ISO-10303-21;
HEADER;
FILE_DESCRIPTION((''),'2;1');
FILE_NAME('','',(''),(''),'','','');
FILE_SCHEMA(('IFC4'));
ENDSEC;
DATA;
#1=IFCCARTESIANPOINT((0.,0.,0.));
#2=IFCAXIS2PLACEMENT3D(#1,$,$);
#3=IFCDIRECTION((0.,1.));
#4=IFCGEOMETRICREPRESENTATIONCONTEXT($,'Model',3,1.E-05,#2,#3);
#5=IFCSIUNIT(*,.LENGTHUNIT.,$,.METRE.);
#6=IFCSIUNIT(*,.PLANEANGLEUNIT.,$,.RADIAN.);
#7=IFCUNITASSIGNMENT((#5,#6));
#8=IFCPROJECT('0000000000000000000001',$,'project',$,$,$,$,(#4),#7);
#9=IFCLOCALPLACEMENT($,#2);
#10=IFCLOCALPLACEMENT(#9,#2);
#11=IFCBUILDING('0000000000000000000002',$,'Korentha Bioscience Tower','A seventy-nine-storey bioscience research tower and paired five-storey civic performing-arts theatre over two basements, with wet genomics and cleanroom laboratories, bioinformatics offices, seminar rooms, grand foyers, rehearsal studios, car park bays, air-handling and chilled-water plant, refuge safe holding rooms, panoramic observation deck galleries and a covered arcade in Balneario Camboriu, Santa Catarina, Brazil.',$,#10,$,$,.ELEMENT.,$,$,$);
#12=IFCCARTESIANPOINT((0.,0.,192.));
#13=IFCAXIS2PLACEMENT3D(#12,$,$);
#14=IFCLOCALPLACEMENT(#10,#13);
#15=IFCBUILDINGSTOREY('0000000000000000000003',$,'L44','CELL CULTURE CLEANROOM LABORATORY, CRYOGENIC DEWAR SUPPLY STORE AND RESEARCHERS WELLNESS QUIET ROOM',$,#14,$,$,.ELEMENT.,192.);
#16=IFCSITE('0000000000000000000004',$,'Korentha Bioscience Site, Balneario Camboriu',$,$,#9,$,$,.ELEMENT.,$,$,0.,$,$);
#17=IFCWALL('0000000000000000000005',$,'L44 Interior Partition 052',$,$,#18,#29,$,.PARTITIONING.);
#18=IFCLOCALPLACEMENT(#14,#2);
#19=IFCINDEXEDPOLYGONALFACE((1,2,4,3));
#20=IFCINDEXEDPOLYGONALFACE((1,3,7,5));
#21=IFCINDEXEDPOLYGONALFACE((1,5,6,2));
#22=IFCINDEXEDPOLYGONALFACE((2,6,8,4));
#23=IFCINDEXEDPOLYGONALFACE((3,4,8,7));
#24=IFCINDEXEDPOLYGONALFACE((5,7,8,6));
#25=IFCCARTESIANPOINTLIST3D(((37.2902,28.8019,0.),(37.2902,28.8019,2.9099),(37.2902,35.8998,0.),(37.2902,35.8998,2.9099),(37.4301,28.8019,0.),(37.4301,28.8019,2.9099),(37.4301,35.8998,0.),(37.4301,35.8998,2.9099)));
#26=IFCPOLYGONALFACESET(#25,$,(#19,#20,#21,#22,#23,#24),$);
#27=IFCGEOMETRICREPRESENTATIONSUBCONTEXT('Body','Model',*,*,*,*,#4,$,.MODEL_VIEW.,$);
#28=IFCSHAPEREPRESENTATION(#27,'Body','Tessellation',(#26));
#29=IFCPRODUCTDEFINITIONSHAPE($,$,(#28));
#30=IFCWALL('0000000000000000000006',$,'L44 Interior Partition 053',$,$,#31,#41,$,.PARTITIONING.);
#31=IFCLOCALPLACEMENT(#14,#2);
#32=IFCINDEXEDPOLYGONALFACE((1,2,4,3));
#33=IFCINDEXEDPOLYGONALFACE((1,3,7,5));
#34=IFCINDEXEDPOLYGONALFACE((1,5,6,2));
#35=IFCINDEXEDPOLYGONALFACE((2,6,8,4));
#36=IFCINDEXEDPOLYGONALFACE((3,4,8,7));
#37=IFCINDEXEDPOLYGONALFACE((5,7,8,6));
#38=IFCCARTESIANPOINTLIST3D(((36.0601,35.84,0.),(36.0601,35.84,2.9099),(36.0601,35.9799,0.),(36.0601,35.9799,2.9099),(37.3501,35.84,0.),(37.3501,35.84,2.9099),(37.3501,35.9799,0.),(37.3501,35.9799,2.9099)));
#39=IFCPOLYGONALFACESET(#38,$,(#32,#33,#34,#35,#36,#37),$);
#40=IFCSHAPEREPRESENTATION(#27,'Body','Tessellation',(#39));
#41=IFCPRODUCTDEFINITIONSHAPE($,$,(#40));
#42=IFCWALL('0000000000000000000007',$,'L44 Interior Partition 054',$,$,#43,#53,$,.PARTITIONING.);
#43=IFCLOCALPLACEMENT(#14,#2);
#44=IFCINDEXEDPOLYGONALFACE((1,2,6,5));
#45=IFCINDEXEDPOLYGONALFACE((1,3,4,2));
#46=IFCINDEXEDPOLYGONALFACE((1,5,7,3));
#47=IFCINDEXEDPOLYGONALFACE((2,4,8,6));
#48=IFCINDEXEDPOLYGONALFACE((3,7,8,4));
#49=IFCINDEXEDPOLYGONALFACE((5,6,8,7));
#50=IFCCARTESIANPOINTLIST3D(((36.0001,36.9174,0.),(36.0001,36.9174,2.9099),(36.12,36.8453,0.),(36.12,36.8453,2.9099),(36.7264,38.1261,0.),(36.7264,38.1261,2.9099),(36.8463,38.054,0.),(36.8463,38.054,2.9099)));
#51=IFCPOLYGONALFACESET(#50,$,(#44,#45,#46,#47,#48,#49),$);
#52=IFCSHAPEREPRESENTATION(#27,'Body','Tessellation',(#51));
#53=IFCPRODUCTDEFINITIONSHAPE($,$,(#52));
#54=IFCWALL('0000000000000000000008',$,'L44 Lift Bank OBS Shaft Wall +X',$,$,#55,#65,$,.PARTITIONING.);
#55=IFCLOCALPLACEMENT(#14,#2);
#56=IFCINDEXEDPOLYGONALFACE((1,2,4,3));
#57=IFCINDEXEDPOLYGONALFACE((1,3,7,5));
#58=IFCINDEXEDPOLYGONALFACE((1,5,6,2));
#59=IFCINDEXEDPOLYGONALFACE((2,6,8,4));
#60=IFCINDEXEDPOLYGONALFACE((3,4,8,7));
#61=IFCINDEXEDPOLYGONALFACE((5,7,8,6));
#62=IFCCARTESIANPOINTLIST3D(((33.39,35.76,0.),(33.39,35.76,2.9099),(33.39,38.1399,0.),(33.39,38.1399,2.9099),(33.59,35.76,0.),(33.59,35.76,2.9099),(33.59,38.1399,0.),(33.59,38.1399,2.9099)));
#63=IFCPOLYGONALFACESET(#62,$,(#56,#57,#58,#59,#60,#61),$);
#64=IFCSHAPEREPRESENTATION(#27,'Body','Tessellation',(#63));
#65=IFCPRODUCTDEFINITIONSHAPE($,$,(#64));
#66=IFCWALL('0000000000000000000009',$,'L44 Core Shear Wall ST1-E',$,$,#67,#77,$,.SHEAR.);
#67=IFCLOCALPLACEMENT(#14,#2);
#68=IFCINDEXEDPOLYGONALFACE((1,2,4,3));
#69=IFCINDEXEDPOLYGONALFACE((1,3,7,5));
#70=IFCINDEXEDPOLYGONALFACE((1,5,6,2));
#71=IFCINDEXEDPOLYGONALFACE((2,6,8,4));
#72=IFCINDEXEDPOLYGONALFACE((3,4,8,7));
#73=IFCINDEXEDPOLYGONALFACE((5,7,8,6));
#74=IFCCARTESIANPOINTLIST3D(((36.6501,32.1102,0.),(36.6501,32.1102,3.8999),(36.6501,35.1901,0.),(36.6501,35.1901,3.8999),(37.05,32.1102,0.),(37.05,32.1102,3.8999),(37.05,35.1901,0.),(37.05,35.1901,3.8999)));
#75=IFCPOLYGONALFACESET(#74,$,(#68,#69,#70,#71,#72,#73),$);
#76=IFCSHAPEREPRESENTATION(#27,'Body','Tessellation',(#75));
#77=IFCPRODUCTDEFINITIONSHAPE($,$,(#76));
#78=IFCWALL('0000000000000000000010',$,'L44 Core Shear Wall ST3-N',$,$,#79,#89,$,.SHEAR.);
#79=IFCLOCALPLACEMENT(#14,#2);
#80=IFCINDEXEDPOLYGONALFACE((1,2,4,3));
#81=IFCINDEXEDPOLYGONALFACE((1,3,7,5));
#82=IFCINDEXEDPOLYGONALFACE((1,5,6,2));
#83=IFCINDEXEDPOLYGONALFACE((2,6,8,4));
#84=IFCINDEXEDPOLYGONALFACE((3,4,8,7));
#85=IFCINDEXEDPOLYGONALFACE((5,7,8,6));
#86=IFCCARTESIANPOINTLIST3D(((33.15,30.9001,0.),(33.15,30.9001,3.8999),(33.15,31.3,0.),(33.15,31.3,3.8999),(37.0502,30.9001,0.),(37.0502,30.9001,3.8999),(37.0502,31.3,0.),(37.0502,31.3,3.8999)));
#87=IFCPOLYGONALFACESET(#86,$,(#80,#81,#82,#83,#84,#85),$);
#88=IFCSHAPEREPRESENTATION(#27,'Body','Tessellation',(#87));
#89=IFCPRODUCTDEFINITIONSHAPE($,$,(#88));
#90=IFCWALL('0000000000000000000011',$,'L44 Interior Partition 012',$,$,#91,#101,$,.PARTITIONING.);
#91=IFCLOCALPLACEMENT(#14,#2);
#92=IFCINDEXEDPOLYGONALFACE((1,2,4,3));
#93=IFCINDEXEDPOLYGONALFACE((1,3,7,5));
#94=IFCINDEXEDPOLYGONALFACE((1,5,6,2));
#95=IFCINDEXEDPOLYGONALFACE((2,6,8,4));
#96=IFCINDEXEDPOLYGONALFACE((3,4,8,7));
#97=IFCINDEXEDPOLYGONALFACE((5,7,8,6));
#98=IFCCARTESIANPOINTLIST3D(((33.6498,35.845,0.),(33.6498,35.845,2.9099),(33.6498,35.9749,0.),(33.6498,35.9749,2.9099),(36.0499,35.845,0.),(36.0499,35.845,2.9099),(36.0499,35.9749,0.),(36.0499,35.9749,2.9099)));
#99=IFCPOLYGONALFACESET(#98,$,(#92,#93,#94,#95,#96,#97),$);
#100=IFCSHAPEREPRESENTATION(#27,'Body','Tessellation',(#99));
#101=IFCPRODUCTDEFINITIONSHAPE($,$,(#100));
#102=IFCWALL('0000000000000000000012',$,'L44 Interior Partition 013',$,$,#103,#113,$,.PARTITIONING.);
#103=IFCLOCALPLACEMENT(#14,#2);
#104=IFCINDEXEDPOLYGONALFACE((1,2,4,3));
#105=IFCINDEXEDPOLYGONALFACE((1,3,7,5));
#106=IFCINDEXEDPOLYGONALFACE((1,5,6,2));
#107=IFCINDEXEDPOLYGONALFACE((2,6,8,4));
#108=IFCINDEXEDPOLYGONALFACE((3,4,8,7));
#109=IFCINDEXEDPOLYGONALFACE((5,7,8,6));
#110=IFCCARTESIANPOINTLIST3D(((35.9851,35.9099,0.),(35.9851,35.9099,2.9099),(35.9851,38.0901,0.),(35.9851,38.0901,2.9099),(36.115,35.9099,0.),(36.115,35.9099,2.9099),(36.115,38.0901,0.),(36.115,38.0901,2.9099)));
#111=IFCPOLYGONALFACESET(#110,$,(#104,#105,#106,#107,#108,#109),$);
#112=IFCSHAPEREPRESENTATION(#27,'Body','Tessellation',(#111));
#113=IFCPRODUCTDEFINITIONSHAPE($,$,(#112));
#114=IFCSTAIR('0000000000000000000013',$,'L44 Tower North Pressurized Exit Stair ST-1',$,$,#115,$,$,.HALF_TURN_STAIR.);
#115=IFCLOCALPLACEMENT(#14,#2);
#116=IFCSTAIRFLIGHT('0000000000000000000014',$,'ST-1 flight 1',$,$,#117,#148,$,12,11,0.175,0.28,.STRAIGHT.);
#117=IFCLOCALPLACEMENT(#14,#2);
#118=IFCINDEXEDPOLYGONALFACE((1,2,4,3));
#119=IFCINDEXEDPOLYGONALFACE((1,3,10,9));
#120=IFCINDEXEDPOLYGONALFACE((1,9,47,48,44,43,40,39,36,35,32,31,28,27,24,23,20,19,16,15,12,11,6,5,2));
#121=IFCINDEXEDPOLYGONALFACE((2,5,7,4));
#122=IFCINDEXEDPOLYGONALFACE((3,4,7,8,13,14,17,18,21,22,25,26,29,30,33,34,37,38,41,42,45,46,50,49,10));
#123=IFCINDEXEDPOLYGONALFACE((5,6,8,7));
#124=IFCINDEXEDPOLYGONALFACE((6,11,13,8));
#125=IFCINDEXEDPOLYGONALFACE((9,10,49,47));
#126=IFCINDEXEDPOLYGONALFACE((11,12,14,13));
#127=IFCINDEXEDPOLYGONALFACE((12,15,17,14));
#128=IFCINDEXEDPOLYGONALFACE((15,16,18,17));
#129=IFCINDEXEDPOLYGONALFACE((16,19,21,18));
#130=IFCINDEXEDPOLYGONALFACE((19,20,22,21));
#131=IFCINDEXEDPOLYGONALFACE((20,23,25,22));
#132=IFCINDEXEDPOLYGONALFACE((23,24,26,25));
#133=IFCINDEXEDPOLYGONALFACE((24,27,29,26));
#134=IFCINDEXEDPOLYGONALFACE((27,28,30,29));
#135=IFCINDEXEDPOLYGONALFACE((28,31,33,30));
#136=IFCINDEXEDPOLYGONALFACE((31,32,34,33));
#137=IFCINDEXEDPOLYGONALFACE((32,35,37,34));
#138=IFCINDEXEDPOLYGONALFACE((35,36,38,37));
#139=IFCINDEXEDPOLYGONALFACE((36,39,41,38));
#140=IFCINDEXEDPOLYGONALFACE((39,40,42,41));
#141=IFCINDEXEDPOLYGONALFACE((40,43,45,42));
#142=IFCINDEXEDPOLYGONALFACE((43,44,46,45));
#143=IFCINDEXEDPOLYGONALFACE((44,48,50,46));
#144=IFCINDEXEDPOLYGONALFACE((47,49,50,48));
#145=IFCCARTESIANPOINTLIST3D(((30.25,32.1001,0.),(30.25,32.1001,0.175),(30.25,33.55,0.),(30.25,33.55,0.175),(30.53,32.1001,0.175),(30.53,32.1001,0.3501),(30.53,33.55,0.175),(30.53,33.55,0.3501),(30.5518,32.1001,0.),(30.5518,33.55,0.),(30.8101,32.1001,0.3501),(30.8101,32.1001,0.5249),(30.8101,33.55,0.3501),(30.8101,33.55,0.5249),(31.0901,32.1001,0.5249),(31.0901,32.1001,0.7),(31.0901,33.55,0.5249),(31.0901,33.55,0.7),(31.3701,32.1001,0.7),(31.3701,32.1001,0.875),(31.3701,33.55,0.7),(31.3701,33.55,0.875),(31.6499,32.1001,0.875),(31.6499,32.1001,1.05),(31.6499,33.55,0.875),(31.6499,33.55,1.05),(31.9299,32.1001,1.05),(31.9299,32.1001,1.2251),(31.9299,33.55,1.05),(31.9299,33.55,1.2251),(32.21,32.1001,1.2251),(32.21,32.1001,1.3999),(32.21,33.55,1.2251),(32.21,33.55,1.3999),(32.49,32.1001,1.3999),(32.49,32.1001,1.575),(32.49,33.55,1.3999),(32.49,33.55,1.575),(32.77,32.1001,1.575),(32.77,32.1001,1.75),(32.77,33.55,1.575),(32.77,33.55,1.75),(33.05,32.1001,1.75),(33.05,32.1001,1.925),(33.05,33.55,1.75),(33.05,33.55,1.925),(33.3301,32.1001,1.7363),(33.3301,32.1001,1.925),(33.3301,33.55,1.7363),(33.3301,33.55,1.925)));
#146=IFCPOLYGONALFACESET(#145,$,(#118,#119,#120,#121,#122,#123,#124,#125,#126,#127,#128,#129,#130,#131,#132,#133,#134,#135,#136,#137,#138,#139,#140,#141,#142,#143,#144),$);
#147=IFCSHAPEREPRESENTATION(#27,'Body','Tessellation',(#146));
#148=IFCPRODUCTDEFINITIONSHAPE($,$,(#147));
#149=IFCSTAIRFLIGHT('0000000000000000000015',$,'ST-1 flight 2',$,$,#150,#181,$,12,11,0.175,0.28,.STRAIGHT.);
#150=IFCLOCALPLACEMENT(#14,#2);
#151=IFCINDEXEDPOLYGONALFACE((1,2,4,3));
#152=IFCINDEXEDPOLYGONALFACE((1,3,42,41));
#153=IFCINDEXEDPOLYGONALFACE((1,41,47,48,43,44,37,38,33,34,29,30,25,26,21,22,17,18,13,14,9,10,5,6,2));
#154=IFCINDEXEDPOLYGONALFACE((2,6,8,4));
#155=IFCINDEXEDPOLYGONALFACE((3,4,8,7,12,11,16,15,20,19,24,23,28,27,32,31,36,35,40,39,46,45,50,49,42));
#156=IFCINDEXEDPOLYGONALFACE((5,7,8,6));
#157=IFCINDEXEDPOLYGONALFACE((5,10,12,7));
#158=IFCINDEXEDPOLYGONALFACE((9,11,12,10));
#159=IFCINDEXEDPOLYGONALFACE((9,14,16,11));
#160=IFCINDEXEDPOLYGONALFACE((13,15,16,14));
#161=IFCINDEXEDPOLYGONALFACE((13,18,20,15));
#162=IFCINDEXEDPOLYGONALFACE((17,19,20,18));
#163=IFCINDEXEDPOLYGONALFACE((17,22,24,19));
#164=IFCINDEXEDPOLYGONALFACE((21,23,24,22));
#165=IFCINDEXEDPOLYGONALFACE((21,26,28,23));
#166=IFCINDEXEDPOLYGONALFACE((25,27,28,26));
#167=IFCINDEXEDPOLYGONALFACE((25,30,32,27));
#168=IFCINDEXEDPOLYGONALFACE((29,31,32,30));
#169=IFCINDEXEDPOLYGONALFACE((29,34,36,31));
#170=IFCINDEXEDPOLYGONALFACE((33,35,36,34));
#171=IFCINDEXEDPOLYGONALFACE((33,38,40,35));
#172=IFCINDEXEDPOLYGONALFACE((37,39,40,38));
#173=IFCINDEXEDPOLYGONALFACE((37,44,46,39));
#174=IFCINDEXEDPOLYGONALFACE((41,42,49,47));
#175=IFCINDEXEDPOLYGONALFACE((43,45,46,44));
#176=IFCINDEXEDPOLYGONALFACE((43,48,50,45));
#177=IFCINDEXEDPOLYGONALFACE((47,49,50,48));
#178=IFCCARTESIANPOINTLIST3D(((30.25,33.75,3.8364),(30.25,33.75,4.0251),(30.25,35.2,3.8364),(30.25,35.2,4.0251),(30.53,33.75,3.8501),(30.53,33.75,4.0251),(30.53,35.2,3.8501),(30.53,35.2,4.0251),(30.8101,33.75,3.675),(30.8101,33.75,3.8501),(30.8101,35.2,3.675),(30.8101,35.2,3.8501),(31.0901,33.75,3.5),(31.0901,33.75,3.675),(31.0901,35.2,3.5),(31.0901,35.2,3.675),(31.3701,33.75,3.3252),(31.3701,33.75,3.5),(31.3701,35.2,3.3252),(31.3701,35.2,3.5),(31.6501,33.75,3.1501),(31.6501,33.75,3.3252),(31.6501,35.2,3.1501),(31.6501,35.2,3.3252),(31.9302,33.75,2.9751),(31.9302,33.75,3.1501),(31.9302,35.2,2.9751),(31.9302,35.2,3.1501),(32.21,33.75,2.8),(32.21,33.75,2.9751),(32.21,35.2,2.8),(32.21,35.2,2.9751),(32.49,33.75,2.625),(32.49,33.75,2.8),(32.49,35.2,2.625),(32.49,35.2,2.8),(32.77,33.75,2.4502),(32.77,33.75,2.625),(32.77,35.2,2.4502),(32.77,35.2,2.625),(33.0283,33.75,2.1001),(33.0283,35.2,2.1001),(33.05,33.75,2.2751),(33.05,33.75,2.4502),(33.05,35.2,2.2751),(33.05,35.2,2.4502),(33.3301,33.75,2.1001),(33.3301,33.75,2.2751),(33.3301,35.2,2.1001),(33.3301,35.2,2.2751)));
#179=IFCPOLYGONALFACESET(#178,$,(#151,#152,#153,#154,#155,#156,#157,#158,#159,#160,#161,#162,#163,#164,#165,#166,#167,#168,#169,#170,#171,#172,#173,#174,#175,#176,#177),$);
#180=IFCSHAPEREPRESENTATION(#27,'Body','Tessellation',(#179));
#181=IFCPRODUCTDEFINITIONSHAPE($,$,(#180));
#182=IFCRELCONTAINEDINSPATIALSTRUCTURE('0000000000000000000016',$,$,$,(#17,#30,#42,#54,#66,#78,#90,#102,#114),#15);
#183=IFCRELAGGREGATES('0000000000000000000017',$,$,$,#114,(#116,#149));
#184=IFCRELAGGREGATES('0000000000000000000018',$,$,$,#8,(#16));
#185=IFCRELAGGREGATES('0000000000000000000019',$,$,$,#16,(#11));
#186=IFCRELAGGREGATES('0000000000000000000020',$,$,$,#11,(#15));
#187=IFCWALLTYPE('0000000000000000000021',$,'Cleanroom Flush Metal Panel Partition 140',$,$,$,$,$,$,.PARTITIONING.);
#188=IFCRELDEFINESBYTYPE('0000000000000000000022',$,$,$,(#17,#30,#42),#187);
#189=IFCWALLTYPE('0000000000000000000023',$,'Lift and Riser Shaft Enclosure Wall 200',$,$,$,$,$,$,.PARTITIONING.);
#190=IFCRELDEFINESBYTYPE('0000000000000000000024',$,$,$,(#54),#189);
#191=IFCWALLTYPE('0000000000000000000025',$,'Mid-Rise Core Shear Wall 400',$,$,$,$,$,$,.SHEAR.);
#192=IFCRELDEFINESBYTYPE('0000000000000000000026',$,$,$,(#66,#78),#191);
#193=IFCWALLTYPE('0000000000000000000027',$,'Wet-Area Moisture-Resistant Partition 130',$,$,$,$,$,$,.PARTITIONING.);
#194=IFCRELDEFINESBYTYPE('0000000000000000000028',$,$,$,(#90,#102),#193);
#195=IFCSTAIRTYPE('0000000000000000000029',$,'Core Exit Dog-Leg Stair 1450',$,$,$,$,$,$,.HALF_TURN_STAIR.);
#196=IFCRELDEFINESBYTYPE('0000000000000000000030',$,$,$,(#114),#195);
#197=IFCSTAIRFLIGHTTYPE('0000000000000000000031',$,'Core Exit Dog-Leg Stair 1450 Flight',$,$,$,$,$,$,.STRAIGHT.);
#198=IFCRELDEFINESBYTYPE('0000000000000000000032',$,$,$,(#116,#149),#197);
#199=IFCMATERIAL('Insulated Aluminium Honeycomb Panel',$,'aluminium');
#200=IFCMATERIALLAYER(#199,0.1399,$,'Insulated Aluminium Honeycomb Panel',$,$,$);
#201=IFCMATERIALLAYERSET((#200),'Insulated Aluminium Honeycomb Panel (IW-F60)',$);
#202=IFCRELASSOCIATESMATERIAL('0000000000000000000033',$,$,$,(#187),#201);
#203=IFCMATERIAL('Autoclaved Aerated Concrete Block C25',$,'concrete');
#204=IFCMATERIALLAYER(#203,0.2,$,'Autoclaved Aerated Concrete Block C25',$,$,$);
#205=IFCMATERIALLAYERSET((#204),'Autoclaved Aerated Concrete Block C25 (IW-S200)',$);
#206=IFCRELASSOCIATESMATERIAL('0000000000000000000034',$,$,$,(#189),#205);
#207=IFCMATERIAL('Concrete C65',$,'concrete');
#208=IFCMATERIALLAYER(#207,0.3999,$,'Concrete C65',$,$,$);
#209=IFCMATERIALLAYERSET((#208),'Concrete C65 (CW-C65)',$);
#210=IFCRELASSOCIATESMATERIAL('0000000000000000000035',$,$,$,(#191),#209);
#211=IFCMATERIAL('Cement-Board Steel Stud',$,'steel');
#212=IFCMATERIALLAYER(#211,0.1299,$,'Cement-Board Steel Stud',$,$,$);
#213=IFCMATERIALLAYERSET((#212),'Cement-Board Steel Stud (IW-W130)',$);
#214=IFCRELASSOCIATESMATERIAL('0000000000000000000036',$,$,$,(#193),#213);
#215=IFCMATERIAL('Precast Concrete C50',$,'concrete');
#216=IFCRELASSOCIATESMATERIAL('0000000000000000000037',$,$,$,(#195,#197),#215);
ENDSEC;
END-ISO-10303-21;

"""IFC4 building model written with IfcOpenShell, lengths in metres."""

from ifc_helpers import new_model, si_unit, direction, frame, frame_2d, origin, place, context, subcontext, project, spatial, polyline, rectangle, outline, extrude, material, layer, layer_set, type_object, element, aggregate, save


model = new_model("IFC4")

# Units and contexts
model_context = context("Model", 3, precision=1e-05, world=origin(), true_north=direction((0.0, 1.0)))
body_context = subcontext(model_context, "Body", "Model", "MODEL_VIEW")
ifc_project = project(units=[si_unit("LENGTHUNIT", "METRE"), si_unit("PLANEANGLEUNIT", "RADIAN")], contexts=[model_context])

# Site, building, storey
site_placement = place(None, origin())
site = spatial("IfcSite", under=ifc_project, at=site_placement, Name="Korentha Bioscience Site, Balneario Camboriu", CompositionType="ELEMENT", RefElevation=0.0)
building_placement = place(site_placement, origin())
building = spatial("IfcBuilding", under=site, at=building_placement, Name="Korentha Bioscience Tower", Description="A seventy-nine-storey bioscience research tower and paired five-storey civic performing-arts theatre over two basements, with wet genomics and cleanroom laboratories, bioinformatics offices, seminar rooms, grand foyers, rehearsal studios, car park bays, air-handling and chilled-water plant, refuge safe holding rooms, panoramic observation deck galleries and a covered arcade in Balneario Camboriu, Santa Catarina, Brazil.", CompositionType="ELEMENT")
storey_placement = place(building_placement, frame((0.0, 0.0, 192.0)))
storey = spatial("IfcBuildingStorey", under=building, at=storey_placement, Name="L44", Description="CELL CULTURE CLEANROOM LABORATORY, CRYOGENIC DEWAR SUPPLY STORE AND RESEARCHERS WELLNESS QUIET ROOM", CompositionType="ELEMENT", Elevation=192.0)

# Shared definitions
ifc_material_1 = material(Name="Concrete C65", Category="concrete")

# Walls
ifc_material_2 = material(Name="Insulated Aluminium Honeycomb Panel", Category="aluminium")
ifc_layer_1 = layer(ifc_material_2, 0.1399, Name="Insulated Aluminium Honeycomb Panel")
ifc_layer_set_1 = layer_set([ifc_layer_1], Name="Insulated Aluminium Honeycomb Panel (IW-F60)")
wall_type_1 = type_object("IfcWallType", Name="Cleanroom Flush Metal Panel Partition 140", PredefinedType="PARTITIONING", material=ifc_layer_set_1)
wall_1_placement = place(storey_placement, frame((37.3601, 28.802, 0.0), z_axis=(0.0, 0.0, 1.0), x_axis=(0.0, 1.0, 0.0)))
element("IfcWall", 1, at=wall_1_placement, inside=storey, type_object=wall_type_1, Name="L44 Interior Partition 052", PredefinedType="PARTITIONING", context=body_context, shape_type="SweptSolid", body=[
    extrude(rectangle(XDim=7.0979, YDim=0.1399, at=frame_2d((3.5488, 0.0))), origin(), (0.0, 0.0, 1.0), 2.9099),
])
wall_2_placement = place(storey_placement, frame((37.3501, 35.9099, 0.0), z_axis=(0.0, 0.0, 1.0), x_axis=(-1.0, 0.0, 0.0)))
element("IfcWall", 2, at=wall_2_placement, inside=storey, type_object=wall_type_1, Name="L44 Interior Partition 053", PredefinedType="PARTITIONING", context=body_context, shape_type="SweptSolid", body=[
    extrude(rectangle(XDim=1.29, YDim=0.1399, at=frame_2d((0.645, 0.0))), origin(), (0.0, 0.0, 1.0), 2.9099),
])
wall_3_placement = place(storey_placement, frame((36.0601, 36.8813, 0.0), z_axis=(0.0, 0.0, 1.0), x_axis=(0.515056, 0.857157, 0.0)))
element("IfcWall", 3, at=wall_3_placement, inside=storey, type_object=wall_type_1, Name="L44 Interior Partition 054", PredefinedType="PARTITIONING", context=body_context, shape_type="SweptSolid", body=[
    extrude(rectangle(XDim=1.4102, YDim=0.1399, at=frame_2d((0.7051, 0.0))), origin(), (0.0, 0.0, 1.0), 2.9099),
])
ifc_material_3 = material(Name="Autoclaved Aerated Concrete Block C25", Category="concrete")
ifc_layer_2 = layer(ifc_material_3, 0.2, Name="Autoclaved Aerated Concrete Block C25")
ifc_layer_set_2 = layer_set([ifc_layer_2], Name="Autoclaved Aerated Concrete Block C25 (IW-S200)")
wall_type_2 = type_object("IfcWallType", Name="Lift and Riser Shaft Enclosure Wall 200", PredefinedType="PARTITIONING", material=ifc_layer_set_2)
wall_4_placement = place(storey_placement, frame((33.49, 35.76, 0.0), z_axis=(0.0, 0.0, 1.0), x_axis=(0.0, 1.0, 0.0)))
element("IfcWall", 4, at=wall_4_placement, inside=storey, type_object=wall_type_2, Name="L44 Lift Bank OBS Shaft Wall +X", PredefinedType="PARTITIONING", context=body_context, shape_type="SweptSolid", body=[
    extrude(rectangle(XDim=2.3799, YDim=0.2, at=frame_2d((1.1899, 0.0))), origin(), (0.0, 0.0, 1.0), 2.9099),
])
ifc_layer_3 = layer(ifc_material_1, 0.3999, Name="Concrete C65")
ifc_layer_set_3 = layer_set([ifc_layer_3], Name="Concrete C65 (CW-C65)")
wall_type_3 = type_object("IfcWallType", Name="Mid-Rise Core Shear Wall 400", PredefinedType="SHEAR", material=ifc_layer_set_3)
wall_5_placement = place(storey_placement, frame((36.8501, 32.1101, 0.0), z_axis=(0.0, 0.0, 1.0), x_axis=(0.0, 1.0, 0.0)))
element("IfcWall", 5, at=wall_5_placement, inside=storey, type_object=wall_type_3, Name="L44 Core Shear Wall ST1-E", PredefinedType="SHEAR", context=body_context, shape_type="SweptSolid", body=[
    extrude(rectangle(XDim=3.0798, YDim=0.3999, at=frame_2d((1.54, 0.0))), origin(), (0.0, 0.0, 1.0), 3.8999),
])
wall_6_placement = place(storey_placement, frame((33.1499, 31.1001, 0.0), z_axis=(0.0, 0.0, 1.0), x_axis=(1.0, 0.0, 0.0)))
element("IfcWall", 6, at=wall_6_placement, inside=storey, type_object=wall_type_3, Name="L44 Core Shear Wall ST3-N", PredefinedType="SHEAR", context=body_context, shape_type="SweptSolid", body=[
    extrude(rectangle(XDim=3.9001, YDim=0.3999, at=frame_2d((1.9502, 0.0))), origin(), (0.0, 0.0, 1.0), 3.8999),
])

# Shared definitions
ifc_material_4 = material(Name="Cement-Board Steel Stud", Category="steel")
ifc_layer_4 = layer(ifc_material_4, 0.1299, Name="Cement-Board Steel Stud")
ifc_layer_set_4 = layer_set([ifc_layer_4], Name="Cement-Board Steel Stud (IW-W130)")
wall_type_4 = type_object("IfcWallType", Name="Wet-Area Moisture-Resistant Partition 130", PredefinedType="PARTITIONING", material=ifc_layer_set_4)

# Walls
wall_7_placement = place(storey_placement, frame((36.05, 35.9099, 0.0), z_axis=(0.0, 0.0, 1.0), x_axis=(-1.0, 0.0, 0.0)))
element("IfcWall", 7, at=wall_7_placement, inside=storey, type_object=wall_type_4, Name="L44 Interior Partition 012", PredefinedType="PARTITIONING", context=body_context, shape_type="SweptSolid", body=[
    extrude(rectangle(XDim=2.4001, YDim=0.1299, at=frame_2d((1.2002, 0.0))), origin(), (0.0, 0.0, 1.0), 2.9099),
])
wall_8_placement = place(storey_placement, frame((36.05, 38.0901, 0.0), z_axis=(0.0, 0.0, 1.0), x_axis=(0.0, -1.0, 0.0)))
element("IfcWall", 8, at=wall_8_placement, inside=storey, type_object=wall_type_4, Name="L44 Interior Partition 013", PredefinedType="PARTITIONING", context=body_context, shape_type="SweptSolid", body=[
    extrude(rectangle(XDim=2.1802, YDim=0.1299, at=frame_2d((1.0901, 0.0))), origin(), (0.0, 0.0, 1.0), 2.9099),
])

# Stair, stair flights
ifc_material_5 = material(Name="Precast Concrete C50", Category="concrete")
stair_type = type_object("IfcStairType", Name="Core Exit Dog-Leg Stair 1450", PredefinedType="HALF_TURN_STAIR", material=ifc_material_5)
stair_placement = place(storey_placement, origin())
stair = element("IfcStair", 9, at=stair_placement, inside=storey, type_object=stair_type, Name="L44 Tower North Pressurized Exit Stair ST-1", PredefinedType="HALF_TURN_STAIR")
stair_flight_type = type_object("IfcStairFlightType", Name="Core Exit Dog-Leg Stair 1450 Flight", PredefinedType="STRAIGHT", material=ifc_material_5)
stair_flight_1_placement = place(storey_placement, frame((30.25, 32.825, 0.0), z_axis=(0.0, 0.0, 1.0), x_axis=(1.0, 0.0, 0.0)))
stair_flight_1 = element("IfcStairFlight", 10, at=stair_flight_1_placement, type_object=stair_flight_type, Name="ST-1 flight 1", NumberOfRisers=12, NumberOfTreads=11, PredefinedType="STRAIGHT", RiserHeight=0.175, TreadLength=0.28, context=body_context, shape_type="SweptSolid", body=[
    extrude(outline(polyline([(0.0, 0.0), (0.0, 0.175), (0.28, 0.175), (0.28, 0.3501), (0.5601, 0.3501), (0.5601, 0.5249), (0.8401, 0.5249), (0.8401, 0.7), (1.1201, 0.7), (1.1201, 0.875), (1.3999, 0.875), (1.3999, 1.05), (1.6799, 1.05), (1.6799, 1.2251), (1.96, 1.2251), (1.96, 1.3999), (2.24, 1.3999), (2.24, 1.575), (2.52, 1.575), (2.52, 1.75), (2.8, 1.75), (2.8, 1.925), (3.0801, 1.925), (3.0801, 2.1001), (3.0801, 1.7363), (0.3018, 0.0), (0.0, 0.0)])), frame((0.0, 0.7251, 0.0), z_axis=(0.0, -1.0, 0.0), x_axis=(1.0, 0.0, 0.0)), (0.0, 0.0, 1.0), 1.45),
])
stair_flight_2_placement = place(storey_placement, frame((33.3301, 34.4751, 2.1001), z_axis=(0.0, 0.0, 1.0), x_axis=(-1.0, 0.0, 0.0)))
stair_flight_2 = element("IfcStairFlight", 11, at=stair_flight_2_placement, type_object=stair_flight_type, Name="ST-1 flight 2", NumberOfRisers=12, NumberOfTreads=11, PredefinedType="STRAIGHT", RiserHeight=0.175, TreadLength=0.28, context=body_context, shape_type="SweptSolid", body=[
    extrude(outline(polyline([(0.0, 0.0), (0.0, 0.175), (0.28, 0.175), (0.28, 0.3501), (0.5601, 0.3501), (0.5601, 0.5249), (0.8401, 0.5249), (0.8401, 0.7), (1.1201, 0.7), (1.1201, 0.875), (1.3999, 0.875), (1.3999, 1.05), (1.6799, 1.05), (1.6799, 1.2251), (1.96, 1.2251), (1.96, 1.3999), (2.24, 1.3999), (2.24, 1.575), (2.52, 1.575), (2.52, 1.75), (2.8, 1.75), (2.8, 1.925), (3.0801, 1.925), (3.0801, 2.1001), (3.0801, 1.7363), (0.3018, 0.0), (0.0, 0.0)])), frame((0.0, 0.7251, 0.0), z_axis=(0.0, -1.0, 0.0), x_axis=(1.0, 0.0, 0.0)), (0.0, 0.0, 1.0), 1.45),
])
aggregate(stair, [stair_flight_1, stair_flight_2])

save(model, "model.ifc")
